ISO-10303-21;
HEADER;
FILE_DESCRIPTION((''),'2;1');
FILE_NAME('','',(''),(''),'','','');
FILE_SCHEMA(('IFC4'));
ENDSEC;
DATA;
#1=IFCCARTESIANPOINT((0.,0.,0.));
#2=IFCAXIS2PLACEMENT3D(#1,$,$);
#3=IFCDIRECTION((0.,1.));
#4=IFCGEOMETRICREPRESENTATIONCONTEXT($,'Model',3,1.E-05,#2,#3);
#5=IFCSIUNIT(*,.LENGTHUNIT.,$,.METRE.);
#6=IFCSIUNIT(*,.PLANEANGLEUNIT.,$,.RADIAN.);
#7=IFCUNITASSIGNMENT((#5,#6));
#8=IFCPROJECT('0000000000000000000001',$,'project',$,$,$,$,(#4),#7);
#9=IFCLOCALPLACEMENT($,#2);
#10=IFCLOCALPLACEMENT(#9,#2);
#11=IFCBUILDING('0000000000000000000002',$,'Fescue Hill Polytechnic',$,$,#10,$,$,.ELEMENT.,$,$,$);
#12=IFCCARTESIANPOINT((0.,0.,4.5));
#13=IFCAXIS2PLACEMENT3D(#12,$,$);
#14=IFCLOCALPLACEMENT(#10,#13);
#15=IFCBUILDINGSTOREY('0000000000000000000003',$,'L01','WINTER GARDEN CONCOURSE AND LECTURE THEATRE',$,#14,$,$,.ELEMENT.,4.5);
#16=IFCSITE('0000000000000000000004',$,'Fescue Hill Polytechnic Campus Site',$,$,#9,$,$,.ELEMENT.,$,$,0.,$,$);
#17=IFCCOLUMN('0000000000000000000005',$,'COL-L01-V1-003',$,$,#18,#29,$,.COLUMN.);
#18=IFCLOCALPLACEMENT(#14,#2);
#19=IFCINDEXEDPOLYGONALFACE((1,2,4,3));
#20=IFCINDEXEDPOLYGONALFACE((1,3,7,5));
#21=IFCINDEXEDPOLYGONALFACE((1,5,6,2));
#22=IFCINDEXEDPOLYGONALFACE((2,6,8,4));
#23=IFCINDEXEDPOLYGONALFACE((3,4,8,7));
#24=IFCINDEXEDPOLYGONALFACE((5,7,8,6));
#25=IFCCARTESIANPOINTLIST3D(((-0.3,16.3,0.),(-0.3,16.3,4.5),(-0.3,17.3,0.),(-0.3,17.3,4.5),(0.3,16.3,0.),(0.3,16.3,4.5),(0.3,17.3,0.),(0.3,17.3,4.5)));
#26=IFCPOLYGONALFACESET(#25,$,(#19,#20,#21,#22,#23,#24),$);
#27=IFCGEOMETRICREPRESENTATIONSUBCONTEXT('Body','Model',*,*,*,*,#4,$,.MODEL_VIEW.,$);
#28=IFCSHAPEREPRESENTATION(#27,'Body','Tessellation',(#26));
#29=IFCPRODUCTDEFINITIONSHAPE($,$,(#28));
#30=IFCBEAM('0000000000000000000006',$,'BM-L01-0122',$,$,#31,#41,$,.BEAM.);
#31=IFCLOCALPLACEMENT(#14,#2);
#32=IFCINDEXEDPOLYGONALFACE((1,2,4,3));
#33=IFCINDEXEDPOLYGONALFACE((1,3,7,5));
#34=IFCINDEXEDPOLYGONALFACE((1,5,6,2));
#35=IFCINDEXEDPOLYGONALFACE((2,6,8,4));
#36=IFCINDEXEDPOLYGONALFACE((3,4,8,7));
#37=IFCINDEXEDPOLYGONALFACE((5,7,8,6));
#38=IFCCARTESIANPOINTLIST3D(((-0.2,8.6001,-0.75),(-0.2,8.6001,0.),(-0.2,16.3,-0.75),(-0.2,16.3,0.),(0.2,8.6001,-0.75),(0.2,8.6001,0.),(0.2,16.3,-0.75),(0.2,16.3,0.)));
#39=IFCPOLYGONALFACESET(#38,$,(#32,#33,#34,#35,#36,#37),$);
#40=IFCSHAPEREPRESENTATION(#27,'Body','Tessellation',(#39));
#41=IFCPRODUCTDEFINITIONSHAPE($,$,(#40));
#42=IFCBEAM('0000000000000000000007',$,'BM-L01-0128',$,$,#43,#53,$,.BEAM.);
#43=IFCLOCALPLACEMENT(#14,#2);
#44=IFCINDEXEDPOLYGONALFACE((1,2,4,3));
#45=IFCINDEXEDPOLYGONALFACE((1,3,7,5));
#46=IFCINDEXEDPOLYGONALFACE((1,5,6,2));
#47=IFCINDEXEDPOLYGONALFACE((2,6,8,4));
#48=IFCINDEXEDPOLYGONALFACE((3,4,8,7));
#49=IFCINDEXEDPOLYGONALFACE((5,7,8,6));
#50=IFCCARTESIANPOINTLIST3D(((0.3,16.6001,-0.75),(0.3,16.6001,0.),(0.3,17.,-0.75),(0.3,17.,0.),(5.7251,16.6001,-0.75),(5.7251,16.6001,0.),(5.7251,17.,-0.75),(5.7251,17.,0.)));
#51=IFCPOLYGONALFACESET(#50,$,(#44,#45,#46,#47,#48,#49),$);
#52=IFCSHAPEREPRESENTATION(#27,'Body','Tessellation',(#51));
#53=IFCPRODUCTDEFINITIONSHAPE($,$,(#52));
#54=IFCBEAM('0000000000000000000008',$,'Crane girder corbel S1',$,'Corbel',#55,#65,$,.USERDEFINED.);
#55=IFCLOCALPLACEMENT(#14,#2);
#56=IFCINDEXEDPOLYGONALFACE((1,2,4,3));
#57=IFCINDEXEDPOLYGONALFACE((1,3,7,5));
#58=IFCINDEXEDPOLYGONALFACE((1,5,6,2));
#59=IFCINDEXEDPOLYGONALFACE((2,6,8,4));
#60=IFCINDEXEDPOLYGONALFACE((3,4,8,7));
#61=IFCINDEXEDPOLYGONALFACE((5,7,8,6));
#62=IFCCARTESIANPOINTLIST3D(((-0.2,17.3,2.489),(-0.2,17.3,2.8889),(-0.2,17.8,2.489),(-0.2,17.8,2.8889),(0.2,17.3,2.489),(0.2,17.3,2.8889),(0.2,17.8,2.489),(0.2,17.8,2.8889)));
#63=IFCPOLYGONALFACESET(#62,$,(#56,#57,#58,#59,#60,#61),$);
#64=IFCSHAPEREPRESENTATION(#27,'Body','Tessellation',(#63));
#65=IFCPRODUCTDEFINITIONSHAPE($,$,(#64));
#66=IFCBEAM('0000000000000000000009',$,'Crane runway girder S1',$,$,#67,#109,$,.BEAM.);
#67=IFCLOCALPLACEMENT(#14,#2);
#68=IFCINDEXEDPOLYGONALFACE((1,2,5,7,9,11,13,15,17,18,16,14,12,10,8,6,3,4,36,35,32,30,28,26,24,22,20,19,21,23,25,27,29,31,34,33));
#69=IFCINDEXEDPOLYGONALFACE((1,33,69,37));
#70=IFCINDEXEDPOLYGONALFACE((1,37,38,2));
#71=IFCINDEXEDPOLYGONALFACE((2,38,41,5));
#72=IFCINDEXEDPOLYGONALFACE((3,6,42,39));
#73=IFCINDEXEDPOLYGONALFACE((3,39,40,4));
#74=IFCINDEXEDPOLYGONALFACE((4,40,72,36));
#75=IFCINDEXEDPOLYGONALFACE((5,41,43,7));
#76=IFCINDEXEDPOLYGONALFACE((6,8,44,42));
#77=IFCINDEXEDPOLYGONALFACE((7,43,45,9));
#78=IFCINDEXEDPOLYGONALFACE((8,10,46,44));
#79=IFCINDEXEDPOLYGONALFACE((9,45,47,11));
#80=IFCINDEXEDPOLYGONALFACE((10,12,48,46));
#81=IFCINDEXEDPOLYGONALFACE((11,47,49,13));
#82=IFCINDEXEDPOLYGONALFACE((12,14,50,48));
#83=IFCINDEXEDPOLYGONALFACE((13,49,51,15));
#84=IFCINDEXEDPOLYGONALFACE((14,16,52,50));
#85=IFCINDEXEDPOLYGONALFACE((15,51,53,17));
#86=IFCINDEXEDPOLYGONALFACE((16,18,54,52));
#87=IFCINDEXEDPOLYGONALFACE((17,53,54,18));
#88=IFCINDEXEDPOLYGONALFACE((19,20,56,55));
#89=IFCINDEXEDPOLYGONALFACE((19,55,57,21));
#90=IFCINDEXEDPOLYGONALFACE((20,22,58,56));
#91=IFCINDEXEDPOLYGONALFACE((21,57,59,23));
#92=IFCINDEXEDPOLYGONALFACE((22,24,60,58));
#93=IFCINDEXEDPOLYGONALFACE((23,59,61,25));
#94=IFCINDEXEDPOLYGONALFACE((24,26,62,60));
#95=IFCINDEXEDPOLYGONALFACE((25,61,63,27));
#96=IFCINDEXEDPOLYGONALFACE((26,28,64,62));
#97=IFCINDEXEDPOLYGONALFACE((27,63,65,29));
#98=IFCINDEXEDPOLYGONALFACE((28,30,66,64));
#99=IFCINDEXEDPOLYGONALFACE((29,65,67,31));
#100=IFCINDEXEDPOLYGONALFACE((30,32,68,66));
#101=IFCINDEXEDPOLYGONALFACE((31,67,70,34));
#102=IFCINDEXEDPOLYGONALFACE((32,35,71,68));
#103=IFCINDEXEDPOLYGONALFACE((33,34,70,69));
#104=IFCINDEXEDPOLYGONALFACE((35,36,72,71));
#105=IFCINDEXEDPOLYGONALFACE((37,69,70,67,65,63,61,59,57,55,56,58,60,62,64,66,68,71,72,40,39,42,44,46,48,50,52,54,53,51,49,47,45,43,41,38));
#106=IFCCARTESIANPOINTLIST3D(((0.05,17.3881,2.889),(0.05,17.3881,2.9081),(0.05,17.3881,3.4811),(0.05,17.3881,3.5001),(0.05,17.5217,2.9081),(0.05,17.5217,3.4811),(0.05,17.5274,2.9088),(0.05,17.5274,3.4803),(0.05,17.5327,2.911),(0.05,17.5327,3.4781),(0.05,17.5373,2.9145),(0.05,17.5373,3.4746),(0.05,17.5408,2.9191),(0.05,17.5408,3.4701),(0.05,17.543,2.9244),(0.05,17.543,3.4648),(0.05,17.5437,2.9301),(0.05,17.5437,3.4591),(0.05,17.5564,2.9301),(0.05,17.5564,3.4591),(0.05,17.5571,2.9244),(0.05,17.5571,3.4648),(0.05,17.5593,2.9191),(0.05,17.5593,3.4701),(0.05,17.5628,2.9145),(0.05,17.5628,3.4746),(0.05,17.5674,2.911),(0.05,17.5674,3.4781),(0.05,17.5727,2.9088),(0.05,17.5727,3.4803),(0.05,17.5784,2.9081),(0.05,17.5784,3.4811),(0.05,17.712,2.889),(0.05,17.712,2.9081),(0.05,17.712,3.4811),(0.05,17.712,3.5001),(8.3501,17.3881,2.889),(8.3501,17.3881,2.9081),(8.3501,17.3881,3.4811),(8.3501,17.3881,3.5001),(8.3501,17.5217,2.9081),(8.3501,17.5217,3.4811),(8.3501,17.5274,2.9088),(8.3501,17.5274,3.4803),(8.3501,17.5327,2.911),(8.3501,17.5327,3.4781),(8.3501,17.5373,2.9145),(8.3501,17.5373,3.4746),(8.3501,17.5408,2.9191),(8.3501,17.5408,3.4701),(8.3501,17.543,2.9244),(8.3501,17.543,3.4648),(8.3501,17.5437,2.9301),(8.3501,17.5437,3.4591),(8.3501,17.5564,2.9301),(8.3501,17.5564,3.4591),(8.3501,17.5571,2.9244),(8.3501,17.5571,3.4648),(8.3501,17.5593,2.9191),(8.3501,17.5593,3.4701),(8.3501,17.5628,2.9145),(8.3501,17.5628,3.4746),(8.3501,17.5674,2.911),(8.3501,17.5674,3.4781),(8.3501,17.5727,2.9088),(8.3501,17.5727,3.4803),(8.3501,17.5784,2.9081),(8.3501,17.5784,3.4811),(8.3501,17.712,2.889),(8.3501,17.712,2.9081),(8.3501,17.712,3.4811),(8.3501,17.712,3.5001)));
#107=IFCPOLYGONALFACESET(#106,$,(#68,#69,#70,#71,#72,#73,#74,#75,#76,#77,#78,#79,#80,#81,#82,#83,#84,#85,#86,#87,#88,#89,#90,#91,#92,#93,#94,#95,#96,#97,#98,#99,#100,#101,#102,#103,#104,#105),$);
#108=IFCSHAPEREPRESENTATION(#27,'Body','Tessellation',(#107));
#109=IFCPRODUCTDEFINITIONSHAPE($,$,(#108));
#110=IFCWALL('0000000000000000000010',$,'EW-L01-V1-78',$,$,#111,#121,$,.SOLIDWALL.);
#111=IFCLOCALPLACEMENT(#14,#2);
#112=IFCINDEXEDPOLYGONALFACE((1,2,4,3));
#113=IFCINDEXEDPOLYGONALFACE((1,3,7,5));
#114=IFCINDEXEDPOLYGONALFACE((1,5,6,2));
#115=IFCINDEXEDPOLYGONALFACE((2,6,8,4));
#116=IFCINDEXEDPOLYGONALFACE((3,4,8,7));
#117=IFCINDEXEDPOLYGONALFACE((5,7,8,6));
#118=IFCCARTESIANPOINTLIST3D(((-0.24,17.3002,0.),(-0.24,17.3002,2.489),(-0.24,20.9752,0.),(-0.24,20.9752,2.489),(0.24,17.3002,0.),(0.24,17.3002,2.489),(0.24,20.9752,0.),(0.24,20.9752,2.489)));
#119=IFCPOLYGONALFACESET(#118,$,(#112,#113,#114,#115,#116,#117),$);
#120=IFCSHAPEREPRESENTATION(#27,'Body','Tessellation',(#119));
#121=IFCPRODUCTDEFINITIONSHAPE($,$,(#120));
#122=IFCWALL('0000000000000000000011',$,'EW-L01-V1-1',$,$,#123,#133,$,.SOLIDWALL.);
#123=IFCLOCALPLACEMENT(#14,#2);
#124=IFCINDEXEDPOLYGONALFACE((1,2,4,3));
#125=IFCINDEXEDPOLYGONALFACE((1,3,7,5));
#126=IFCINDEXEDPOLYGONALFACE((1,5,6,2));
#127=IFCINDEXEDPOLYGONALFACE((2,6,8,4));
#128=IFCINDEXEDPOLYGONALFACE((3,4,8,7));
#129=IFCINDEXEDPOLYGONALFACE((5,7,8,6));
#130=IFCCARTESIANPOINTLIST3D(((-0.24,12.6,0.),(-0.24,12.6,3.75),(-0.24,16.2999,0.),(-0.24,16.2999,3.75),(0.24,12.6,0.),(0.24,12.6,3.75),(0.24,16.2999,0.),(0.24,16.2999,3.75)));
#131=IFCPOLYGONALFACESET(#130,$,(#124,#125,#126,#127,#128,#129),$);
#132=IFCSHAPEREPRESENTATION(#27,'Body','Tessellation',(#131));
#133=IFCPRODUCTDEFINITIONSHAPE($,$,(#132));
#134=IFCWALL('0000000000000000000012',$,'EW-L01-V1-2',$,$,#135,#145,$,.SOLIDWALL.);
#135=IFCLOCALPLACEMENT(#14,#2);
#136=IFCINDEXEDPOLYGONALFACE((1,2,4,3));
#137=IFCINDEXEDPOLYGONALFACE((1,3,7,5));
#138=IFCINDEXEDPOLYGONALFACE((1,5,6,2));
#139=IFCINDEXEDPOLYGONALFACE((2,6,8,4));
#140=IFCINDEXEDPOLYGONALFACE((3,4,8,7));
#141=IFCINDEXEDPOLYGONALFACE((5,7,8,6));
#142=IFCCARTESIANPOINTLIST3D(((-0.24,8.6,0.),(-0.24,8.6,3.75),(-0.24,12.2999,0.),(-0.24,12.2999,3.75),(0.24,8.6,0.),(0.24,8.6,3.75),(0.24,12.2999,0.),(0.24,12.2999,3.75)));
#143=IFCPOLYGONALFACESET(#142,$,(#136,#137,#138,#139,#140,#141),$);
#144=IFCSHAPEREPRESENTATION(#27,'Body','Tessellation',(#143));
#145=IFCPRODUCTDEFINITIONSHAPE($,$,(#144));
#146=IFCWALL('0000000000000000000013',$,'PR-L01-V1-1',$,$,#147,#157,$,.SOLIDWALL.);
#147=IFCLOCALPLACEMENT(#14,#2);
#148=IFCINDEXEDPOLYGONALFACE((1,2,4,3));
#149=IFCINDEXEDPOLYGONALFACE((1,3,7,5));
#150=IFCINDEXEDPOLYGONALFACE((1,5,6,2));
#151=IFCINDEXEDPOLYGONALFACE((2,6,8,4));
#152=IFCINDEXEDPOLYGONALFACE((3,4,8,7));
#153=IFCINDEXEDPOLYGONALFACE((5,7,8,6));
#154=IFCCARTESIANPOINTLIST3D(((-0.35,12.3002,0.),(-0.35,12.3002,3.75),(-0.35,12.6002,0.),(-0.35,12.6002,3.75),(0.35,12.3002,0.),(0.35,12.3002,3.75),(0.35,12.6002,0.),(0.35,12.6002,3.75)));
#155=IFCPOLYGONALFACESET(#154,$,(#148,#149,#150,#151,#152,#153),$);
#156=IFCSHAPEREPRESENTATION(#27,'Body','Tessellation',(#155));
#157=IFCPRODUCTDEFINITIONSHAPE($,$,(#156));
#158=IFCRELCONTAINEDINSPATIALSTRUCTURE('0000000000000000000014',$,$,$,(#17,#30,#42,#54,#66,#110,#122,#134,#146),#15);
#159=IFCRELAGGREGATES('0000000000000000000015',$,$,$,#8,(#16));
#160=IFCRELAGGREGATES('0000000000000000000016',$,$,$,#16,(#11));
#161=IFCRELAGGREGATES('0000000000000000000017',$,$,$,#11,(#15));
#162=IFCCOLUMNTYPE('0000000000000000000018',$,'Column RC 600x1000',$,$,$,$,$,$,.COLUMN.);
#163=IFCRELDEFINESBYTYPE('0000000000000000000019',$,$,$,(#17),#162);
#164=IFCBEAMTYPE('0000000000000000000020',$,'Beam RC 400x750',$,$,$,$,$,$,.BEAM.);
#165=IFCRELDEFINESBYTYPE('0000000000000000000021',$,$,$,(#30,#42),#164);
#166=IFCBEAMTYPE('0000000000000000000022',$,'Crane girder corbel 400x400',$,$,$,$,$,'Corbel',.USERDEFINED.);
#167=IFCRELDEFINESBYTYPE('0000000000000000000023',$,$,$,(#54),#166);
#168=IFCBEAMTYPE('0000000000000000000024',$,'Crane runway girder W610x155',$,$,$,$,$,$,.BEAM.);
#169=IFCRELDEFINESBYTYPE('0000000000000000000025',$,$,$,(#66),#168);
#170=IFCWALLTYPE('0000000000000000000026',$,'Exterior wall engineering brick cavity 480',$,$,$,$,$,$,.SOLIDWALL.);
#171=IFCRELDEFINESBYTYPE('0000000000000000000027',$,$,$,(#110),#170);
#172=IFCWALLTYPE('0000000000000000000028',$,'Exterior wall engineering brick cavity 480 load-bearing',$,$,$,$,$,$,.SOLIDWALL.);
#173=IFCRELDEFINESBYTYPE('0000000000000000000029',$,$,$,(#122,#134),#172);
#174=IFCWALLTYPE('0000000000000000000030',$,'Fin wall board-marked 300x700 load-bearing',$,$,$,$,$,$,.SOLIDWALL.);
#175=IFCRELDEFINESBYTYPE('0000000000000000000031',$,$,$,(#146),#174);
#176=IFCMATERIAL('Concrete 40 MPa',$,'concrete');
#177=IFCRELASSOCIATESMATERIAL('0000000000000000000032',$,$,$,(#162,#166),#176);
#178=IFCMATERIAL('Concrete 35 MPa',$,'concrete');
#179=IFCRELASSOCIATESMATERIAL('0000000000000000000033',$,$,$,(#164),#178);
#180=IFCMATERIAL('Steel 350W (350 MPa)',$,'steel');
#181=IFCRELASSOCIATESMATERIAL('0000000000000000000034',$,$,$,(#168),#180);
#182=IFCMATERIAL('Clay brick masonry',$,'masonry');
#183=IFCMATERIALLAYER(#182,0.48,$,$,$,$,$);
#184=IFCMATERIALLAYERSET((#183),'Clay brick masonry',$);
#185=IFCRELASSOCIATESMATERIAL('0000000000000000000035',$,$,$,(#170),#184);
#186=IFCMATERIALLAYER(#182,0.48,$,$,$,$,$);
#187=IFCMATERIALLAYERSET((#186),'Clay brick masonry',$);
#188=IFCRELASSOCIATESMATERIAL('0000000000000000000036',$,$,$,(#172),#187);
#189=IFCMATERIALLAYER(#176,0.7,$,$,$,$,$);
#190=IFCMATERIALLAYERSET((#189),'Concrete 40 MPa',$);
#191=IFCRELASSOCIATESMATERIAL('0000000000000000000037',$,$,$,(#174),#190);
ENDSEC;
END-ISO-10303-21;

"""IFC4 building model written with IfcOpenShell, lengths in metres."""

from ifc_helpers import new_model, si_unit, direction, frame, frame_2d, origin, origin_2d, place, context, subcontext, project, spatial, rectangle, i_section, extrude, material, layer, layer_set, material_profile, profile_set, type_object, element, save


model = new_model("IFC4")

# Units and contexts
model_context = context("Model", 3, precision=1e-05, world=origin(), true_north=direction((0.0, 1.0)))
body_context = subcontext(model_context, "Body", "Model", "MODEL_VIEW")
ifc_project = project(units=[si_unit("LENGTHUNIT", "METRE"), si_unit("PLANEANGLEUNIT", "RADIAN")], contexts=[model_context])

# Site, building, storey
site_placement = place(None, origin())
site = spatial("IfcSite", under=ifc_project, at=site_placement, Name="Fescue Hill Polytechnic Campus Site", CompositionType="ELEMENT", RefElevation=0.0)
building_placement = place(site_placement, origin())
building = spatial("IfcBuilding", under=site, at=building_placement, Name="Fescue Hill Polytechnic", CompositionType="ELEMENT")
storey_placement = place(building_placement, frame((0.0, 0.0, 4.5)))
storey = spatial("IfcBuildingStorey", under=building, at=storey_placement, Name="L01", Description="WINTER GARDEN CONCOURSE AND LECTURE THEATRE", CompositionType="ELEMENT", Elevation=4.5)

# Column
ifc_material_1 = material(Name="Concrete 40 MPa", Category="concrete")
ifc_material_profile_1 = material_profile(ifc_material_1, rectangle(XDim=0.6001, YDim=1.0, at=origin_2d()), Name="RC 600x1000")
ifc_profile_set_1 = profile_set([ifc_material_profile_1], Name="Concrete 40 MPa")
column_type = type_object("IfcColumnType", Name="Column RC 600x1000", PredefinedType="COLUMN", material=ifc_profile_set_1)
column_placement = place(storey_placement, frame((0.0, 16.8, 0.0), z_axis=(0.0, 0.0, 1.0), x_axis=(1.0, 0.0, 0.0)))
element("IfcColumn", 1, at=column_placement, inside=storey, type_object=column_type, Name="COL-L01-V1-003", PredefinedType="COLUMN", context=body_context, shape_type="SweptSolid", body=[
    extrude(rectangle(XDim=0.6001, YDim=1.0, at=origin_2d()), origin(), (0.0, 0.0, 1.0), 4.5),
])

# Beams
ifc_material_2 = material(Name="Concrete 35 MPa", Category="concrete")
ifc_material_profile_2 = material_profile(ifc_material_2, rectangle(XDim=0.3999, YDim=0.75, at=origin_2d()), Name="RC 400x750")
ifc_profile_set_2 = profile_set([ifc_material_profile_2], Name="Concrete 35 MPa")
beam_type_1 = type_object("IfcBeamType", Name="Beam RC 400x750", PredefinedType="BEAM", material=ifc_profile_set_2)
beam_1_placement = place(storey_placement, frame((0.0, 8.6001, -0.375), z_axis=(0.0, 1.0, 0.0), x_axis=(-1.0, 0.0, 0.0)))
element("IfcBeam", 2, at=beam_1_placement, inside=storey, type_object=beam_type_1, Name="BM-L01-0122", PredefinedType="BEAM", context=body_context, shape_type="SweptSolid", body=[
    extrude(rectangle(XDim=0.3999, YDim=0.75, at=origin_2d()), origin(), (0.0, 0.0, 1.0), 7.7),
])
beam_2_placement = place(storey_placement, frame((0.3, 16.8, -0.375), z_axis=(1.0, 0.0, 0.0), x_axis=(0.0, 1.0, 0.0)))
element("IfcBeam", 3, at=beam_2_placement, inside=storey, type_object=beam_type_1, Name="BM-L01-0128", PredefinedType="BEAM", context=body_context, shape_type="SweptSolid", body=[
    extrude(rectangle(XDim=0.3999, YDim=0.75, at=origin_2d()), origin(), (0.0, 0.0, 1.0), 5.425),
])
ifc_material_profile_3 = material_profile(ifc_material_1, rectangle(XDim=0.3999, YDim=0.3999, at=origin_2d()), Name="Crane girder corbel 400x400")
ifc_profile_set_3 = profile_set([ifc_material_profile_3], Name="Concrete 40 MPa")
beam_type_2 = type_object("IfcBeamType", Name="Crane girder corbel 400x400", ElementType="Corbel", PredefinedType="USERDEFINED", material=ifc_profile_set_3)
beam_3_placement = place(storey_placement, frame((0.0, 17.3, 2.689), z_axis=(0.0, 1.0, 0.0), x_axis=(-1.0, 0.0, 0.0)))
element("IfcBeam", 4, at=beam_3_placement, inside=storey, type_object=beam_type_2, Name="Crane girder corbel S1", ObjectType="Corbel", PredefinedType="USERDEFINED", context=body_context, shape_type="SweptSolid", body=[
    extrude(rectangle(XDim=0.3999, YDim=0.3999, at=origin_2d()), origin(), (0.0, 0.0, 1.0), 0.5),
])
ifc_material_3 = material(Name="Steel 350W (350 MPa)", Category="steel")
ifc_material_profile_4 = material_profile(ifc_material_3, i_section(OverallWidth=0.324, OverallDepth=0.6111, WebThickness=0.0127, FlangeThickness=0.019, FilletRadius=0.022, at=origin_2d()), Name="W610x155")
ifc_profile_set_4 = profile_set([ifc_material_profile_4], Name="Steel 350W (350 MPa)")
beam_type_3 = type_object("IfcBeamType", Name="Crane runway girder W610x155", PredefinedType="BEAM", material=ifc_profile_set_4)
beam_4_placement = place(storey_placement, frame((0.05, 17.55, 3.1946), z_axis=(1.0, 0.0, 0.0), x_axis=(0.0, 1.0, 0.0)))
element("IfcBeam", 5, at=beam_4_placement, inside=storey, type_object=beam_type_3, Name="Crane runway girder S1", PredefinedType="BEAM", context=body_context, shape_type="SweptSolid", body=[
    extrude(i_section(OverallWidth=0.324, OverallDepth=0.6111, WebThickness=0.0127, FlangeThickness=0.019, FilletRadius=0.022, at=origin_2d()), origin(), (0.0, 0.0, 1.0), 8.3),
])

# Walls
ifc_material_4 = material(Name="Clay brick masonry", Category="masonry")
ifc_layer_1 = layer(ifc_material_4, 0.48)
ifc_layer_set_1 = layer_set([ifc_layer_1], Name="Clay brick masonry")
wall_type_1 = type_object("IfcWallType", Name="Exterior wall engineering brick cavity 480", PredefinedType="SOLIDWALL", material=ifc_layer_set_1)
wall_1_placement = place(storey_placement, frame((0.0, 20.9751, 0.0), z_axis=(0.0, 0.0, 1.0), x_axis=(0.0, -1.0, 0.0)))
element("IfcWall", 6, at=wall_1_placement, inside=storey, type_object=wall_type_1, Name="EW-L01-V1-78", PredefinedType="SOLIDWALL", context=body_context, shape_type="SweptSolid", body=[
    extrude(rectangle(XDim=3.675, YDim=0.48, at=frame_2d((1.8374, 0.0))), origin(), (0.0, 0.0, 1.0), 2.489),
])
ifc_layer_2 = layer(ifc_material_4, 0.48)
ifc_layer_set_2 = layer_set([ifc_layer_2], Name="Clay brick masonry")
wall_type_2 = type_object("IfcWallType", Name="Exterior wall engineering brick cavity 480 load-bearing", PredefinedType="SOLIDWALL", material=ifc_layer_set_2)
for number, where, z_axis, x_axis, name in (
    (7, (0.0, 16.3, 0.0), (0.0, 0.0, 1.0), (0.0, -1.0, 0.0), "EW-L01-V1-1"),
    (8, (0.0, 12.3, 0.0), (0.0, 0.0, 1.0), (0.0, -1.0, 0.0), "EW-L01-V1-2"),
):
    element("IfcWall", number, at=place(storey_placement, frame(where, z_axis=z_axis, x_axis=x_axis)), inside=storey, type_object=wall_type_2, Name=name, PredefinedType="SOLIDWALL", context=body_context, shape_type="SweptSolid", body=[
        extrude(rectangle(XDim=3.7, YDim=0.48, at=frame_2d((1.8501, 0.0))), origin(), (0.0, 0.0, 1.0), 3.75),
    ])
ifc_layer_3 = layer(ifc_material_1, 0.7)
ifc_layer_set_3 = layer_set([ifc_layer_3], Name="Concrete 40 MPa")
wall_type_3 = type_object("IfcWallType", Name="Fin wall board-marked 300x700 load-bearing", PredefinedType="SOLIDWALL", material=ifc_layer_set_3)
wall_2_placement = place(storey_placement, frame((0.0, 12.6001, 0.0), z_axis=(0.0, 0.0, 1.0), x_axis=(0.0, -1.0, 0.0)))
element("IfcWall", 9, at=wall_2_placement, inside=storey, type_object=wall_type_3, Name="PR-L01-V1-1", PredefinedType="SOLIDWALL", context=body_context, shape_type="SweptSolid", body=[
    extrude(rectangle(XDim=0.3, YDim=0.7, at=frame_2d((0.1499, 0.0))), origin(), (0.0, 0.0, 1.0), 3.75),
])

save(model, "model.ifc")
